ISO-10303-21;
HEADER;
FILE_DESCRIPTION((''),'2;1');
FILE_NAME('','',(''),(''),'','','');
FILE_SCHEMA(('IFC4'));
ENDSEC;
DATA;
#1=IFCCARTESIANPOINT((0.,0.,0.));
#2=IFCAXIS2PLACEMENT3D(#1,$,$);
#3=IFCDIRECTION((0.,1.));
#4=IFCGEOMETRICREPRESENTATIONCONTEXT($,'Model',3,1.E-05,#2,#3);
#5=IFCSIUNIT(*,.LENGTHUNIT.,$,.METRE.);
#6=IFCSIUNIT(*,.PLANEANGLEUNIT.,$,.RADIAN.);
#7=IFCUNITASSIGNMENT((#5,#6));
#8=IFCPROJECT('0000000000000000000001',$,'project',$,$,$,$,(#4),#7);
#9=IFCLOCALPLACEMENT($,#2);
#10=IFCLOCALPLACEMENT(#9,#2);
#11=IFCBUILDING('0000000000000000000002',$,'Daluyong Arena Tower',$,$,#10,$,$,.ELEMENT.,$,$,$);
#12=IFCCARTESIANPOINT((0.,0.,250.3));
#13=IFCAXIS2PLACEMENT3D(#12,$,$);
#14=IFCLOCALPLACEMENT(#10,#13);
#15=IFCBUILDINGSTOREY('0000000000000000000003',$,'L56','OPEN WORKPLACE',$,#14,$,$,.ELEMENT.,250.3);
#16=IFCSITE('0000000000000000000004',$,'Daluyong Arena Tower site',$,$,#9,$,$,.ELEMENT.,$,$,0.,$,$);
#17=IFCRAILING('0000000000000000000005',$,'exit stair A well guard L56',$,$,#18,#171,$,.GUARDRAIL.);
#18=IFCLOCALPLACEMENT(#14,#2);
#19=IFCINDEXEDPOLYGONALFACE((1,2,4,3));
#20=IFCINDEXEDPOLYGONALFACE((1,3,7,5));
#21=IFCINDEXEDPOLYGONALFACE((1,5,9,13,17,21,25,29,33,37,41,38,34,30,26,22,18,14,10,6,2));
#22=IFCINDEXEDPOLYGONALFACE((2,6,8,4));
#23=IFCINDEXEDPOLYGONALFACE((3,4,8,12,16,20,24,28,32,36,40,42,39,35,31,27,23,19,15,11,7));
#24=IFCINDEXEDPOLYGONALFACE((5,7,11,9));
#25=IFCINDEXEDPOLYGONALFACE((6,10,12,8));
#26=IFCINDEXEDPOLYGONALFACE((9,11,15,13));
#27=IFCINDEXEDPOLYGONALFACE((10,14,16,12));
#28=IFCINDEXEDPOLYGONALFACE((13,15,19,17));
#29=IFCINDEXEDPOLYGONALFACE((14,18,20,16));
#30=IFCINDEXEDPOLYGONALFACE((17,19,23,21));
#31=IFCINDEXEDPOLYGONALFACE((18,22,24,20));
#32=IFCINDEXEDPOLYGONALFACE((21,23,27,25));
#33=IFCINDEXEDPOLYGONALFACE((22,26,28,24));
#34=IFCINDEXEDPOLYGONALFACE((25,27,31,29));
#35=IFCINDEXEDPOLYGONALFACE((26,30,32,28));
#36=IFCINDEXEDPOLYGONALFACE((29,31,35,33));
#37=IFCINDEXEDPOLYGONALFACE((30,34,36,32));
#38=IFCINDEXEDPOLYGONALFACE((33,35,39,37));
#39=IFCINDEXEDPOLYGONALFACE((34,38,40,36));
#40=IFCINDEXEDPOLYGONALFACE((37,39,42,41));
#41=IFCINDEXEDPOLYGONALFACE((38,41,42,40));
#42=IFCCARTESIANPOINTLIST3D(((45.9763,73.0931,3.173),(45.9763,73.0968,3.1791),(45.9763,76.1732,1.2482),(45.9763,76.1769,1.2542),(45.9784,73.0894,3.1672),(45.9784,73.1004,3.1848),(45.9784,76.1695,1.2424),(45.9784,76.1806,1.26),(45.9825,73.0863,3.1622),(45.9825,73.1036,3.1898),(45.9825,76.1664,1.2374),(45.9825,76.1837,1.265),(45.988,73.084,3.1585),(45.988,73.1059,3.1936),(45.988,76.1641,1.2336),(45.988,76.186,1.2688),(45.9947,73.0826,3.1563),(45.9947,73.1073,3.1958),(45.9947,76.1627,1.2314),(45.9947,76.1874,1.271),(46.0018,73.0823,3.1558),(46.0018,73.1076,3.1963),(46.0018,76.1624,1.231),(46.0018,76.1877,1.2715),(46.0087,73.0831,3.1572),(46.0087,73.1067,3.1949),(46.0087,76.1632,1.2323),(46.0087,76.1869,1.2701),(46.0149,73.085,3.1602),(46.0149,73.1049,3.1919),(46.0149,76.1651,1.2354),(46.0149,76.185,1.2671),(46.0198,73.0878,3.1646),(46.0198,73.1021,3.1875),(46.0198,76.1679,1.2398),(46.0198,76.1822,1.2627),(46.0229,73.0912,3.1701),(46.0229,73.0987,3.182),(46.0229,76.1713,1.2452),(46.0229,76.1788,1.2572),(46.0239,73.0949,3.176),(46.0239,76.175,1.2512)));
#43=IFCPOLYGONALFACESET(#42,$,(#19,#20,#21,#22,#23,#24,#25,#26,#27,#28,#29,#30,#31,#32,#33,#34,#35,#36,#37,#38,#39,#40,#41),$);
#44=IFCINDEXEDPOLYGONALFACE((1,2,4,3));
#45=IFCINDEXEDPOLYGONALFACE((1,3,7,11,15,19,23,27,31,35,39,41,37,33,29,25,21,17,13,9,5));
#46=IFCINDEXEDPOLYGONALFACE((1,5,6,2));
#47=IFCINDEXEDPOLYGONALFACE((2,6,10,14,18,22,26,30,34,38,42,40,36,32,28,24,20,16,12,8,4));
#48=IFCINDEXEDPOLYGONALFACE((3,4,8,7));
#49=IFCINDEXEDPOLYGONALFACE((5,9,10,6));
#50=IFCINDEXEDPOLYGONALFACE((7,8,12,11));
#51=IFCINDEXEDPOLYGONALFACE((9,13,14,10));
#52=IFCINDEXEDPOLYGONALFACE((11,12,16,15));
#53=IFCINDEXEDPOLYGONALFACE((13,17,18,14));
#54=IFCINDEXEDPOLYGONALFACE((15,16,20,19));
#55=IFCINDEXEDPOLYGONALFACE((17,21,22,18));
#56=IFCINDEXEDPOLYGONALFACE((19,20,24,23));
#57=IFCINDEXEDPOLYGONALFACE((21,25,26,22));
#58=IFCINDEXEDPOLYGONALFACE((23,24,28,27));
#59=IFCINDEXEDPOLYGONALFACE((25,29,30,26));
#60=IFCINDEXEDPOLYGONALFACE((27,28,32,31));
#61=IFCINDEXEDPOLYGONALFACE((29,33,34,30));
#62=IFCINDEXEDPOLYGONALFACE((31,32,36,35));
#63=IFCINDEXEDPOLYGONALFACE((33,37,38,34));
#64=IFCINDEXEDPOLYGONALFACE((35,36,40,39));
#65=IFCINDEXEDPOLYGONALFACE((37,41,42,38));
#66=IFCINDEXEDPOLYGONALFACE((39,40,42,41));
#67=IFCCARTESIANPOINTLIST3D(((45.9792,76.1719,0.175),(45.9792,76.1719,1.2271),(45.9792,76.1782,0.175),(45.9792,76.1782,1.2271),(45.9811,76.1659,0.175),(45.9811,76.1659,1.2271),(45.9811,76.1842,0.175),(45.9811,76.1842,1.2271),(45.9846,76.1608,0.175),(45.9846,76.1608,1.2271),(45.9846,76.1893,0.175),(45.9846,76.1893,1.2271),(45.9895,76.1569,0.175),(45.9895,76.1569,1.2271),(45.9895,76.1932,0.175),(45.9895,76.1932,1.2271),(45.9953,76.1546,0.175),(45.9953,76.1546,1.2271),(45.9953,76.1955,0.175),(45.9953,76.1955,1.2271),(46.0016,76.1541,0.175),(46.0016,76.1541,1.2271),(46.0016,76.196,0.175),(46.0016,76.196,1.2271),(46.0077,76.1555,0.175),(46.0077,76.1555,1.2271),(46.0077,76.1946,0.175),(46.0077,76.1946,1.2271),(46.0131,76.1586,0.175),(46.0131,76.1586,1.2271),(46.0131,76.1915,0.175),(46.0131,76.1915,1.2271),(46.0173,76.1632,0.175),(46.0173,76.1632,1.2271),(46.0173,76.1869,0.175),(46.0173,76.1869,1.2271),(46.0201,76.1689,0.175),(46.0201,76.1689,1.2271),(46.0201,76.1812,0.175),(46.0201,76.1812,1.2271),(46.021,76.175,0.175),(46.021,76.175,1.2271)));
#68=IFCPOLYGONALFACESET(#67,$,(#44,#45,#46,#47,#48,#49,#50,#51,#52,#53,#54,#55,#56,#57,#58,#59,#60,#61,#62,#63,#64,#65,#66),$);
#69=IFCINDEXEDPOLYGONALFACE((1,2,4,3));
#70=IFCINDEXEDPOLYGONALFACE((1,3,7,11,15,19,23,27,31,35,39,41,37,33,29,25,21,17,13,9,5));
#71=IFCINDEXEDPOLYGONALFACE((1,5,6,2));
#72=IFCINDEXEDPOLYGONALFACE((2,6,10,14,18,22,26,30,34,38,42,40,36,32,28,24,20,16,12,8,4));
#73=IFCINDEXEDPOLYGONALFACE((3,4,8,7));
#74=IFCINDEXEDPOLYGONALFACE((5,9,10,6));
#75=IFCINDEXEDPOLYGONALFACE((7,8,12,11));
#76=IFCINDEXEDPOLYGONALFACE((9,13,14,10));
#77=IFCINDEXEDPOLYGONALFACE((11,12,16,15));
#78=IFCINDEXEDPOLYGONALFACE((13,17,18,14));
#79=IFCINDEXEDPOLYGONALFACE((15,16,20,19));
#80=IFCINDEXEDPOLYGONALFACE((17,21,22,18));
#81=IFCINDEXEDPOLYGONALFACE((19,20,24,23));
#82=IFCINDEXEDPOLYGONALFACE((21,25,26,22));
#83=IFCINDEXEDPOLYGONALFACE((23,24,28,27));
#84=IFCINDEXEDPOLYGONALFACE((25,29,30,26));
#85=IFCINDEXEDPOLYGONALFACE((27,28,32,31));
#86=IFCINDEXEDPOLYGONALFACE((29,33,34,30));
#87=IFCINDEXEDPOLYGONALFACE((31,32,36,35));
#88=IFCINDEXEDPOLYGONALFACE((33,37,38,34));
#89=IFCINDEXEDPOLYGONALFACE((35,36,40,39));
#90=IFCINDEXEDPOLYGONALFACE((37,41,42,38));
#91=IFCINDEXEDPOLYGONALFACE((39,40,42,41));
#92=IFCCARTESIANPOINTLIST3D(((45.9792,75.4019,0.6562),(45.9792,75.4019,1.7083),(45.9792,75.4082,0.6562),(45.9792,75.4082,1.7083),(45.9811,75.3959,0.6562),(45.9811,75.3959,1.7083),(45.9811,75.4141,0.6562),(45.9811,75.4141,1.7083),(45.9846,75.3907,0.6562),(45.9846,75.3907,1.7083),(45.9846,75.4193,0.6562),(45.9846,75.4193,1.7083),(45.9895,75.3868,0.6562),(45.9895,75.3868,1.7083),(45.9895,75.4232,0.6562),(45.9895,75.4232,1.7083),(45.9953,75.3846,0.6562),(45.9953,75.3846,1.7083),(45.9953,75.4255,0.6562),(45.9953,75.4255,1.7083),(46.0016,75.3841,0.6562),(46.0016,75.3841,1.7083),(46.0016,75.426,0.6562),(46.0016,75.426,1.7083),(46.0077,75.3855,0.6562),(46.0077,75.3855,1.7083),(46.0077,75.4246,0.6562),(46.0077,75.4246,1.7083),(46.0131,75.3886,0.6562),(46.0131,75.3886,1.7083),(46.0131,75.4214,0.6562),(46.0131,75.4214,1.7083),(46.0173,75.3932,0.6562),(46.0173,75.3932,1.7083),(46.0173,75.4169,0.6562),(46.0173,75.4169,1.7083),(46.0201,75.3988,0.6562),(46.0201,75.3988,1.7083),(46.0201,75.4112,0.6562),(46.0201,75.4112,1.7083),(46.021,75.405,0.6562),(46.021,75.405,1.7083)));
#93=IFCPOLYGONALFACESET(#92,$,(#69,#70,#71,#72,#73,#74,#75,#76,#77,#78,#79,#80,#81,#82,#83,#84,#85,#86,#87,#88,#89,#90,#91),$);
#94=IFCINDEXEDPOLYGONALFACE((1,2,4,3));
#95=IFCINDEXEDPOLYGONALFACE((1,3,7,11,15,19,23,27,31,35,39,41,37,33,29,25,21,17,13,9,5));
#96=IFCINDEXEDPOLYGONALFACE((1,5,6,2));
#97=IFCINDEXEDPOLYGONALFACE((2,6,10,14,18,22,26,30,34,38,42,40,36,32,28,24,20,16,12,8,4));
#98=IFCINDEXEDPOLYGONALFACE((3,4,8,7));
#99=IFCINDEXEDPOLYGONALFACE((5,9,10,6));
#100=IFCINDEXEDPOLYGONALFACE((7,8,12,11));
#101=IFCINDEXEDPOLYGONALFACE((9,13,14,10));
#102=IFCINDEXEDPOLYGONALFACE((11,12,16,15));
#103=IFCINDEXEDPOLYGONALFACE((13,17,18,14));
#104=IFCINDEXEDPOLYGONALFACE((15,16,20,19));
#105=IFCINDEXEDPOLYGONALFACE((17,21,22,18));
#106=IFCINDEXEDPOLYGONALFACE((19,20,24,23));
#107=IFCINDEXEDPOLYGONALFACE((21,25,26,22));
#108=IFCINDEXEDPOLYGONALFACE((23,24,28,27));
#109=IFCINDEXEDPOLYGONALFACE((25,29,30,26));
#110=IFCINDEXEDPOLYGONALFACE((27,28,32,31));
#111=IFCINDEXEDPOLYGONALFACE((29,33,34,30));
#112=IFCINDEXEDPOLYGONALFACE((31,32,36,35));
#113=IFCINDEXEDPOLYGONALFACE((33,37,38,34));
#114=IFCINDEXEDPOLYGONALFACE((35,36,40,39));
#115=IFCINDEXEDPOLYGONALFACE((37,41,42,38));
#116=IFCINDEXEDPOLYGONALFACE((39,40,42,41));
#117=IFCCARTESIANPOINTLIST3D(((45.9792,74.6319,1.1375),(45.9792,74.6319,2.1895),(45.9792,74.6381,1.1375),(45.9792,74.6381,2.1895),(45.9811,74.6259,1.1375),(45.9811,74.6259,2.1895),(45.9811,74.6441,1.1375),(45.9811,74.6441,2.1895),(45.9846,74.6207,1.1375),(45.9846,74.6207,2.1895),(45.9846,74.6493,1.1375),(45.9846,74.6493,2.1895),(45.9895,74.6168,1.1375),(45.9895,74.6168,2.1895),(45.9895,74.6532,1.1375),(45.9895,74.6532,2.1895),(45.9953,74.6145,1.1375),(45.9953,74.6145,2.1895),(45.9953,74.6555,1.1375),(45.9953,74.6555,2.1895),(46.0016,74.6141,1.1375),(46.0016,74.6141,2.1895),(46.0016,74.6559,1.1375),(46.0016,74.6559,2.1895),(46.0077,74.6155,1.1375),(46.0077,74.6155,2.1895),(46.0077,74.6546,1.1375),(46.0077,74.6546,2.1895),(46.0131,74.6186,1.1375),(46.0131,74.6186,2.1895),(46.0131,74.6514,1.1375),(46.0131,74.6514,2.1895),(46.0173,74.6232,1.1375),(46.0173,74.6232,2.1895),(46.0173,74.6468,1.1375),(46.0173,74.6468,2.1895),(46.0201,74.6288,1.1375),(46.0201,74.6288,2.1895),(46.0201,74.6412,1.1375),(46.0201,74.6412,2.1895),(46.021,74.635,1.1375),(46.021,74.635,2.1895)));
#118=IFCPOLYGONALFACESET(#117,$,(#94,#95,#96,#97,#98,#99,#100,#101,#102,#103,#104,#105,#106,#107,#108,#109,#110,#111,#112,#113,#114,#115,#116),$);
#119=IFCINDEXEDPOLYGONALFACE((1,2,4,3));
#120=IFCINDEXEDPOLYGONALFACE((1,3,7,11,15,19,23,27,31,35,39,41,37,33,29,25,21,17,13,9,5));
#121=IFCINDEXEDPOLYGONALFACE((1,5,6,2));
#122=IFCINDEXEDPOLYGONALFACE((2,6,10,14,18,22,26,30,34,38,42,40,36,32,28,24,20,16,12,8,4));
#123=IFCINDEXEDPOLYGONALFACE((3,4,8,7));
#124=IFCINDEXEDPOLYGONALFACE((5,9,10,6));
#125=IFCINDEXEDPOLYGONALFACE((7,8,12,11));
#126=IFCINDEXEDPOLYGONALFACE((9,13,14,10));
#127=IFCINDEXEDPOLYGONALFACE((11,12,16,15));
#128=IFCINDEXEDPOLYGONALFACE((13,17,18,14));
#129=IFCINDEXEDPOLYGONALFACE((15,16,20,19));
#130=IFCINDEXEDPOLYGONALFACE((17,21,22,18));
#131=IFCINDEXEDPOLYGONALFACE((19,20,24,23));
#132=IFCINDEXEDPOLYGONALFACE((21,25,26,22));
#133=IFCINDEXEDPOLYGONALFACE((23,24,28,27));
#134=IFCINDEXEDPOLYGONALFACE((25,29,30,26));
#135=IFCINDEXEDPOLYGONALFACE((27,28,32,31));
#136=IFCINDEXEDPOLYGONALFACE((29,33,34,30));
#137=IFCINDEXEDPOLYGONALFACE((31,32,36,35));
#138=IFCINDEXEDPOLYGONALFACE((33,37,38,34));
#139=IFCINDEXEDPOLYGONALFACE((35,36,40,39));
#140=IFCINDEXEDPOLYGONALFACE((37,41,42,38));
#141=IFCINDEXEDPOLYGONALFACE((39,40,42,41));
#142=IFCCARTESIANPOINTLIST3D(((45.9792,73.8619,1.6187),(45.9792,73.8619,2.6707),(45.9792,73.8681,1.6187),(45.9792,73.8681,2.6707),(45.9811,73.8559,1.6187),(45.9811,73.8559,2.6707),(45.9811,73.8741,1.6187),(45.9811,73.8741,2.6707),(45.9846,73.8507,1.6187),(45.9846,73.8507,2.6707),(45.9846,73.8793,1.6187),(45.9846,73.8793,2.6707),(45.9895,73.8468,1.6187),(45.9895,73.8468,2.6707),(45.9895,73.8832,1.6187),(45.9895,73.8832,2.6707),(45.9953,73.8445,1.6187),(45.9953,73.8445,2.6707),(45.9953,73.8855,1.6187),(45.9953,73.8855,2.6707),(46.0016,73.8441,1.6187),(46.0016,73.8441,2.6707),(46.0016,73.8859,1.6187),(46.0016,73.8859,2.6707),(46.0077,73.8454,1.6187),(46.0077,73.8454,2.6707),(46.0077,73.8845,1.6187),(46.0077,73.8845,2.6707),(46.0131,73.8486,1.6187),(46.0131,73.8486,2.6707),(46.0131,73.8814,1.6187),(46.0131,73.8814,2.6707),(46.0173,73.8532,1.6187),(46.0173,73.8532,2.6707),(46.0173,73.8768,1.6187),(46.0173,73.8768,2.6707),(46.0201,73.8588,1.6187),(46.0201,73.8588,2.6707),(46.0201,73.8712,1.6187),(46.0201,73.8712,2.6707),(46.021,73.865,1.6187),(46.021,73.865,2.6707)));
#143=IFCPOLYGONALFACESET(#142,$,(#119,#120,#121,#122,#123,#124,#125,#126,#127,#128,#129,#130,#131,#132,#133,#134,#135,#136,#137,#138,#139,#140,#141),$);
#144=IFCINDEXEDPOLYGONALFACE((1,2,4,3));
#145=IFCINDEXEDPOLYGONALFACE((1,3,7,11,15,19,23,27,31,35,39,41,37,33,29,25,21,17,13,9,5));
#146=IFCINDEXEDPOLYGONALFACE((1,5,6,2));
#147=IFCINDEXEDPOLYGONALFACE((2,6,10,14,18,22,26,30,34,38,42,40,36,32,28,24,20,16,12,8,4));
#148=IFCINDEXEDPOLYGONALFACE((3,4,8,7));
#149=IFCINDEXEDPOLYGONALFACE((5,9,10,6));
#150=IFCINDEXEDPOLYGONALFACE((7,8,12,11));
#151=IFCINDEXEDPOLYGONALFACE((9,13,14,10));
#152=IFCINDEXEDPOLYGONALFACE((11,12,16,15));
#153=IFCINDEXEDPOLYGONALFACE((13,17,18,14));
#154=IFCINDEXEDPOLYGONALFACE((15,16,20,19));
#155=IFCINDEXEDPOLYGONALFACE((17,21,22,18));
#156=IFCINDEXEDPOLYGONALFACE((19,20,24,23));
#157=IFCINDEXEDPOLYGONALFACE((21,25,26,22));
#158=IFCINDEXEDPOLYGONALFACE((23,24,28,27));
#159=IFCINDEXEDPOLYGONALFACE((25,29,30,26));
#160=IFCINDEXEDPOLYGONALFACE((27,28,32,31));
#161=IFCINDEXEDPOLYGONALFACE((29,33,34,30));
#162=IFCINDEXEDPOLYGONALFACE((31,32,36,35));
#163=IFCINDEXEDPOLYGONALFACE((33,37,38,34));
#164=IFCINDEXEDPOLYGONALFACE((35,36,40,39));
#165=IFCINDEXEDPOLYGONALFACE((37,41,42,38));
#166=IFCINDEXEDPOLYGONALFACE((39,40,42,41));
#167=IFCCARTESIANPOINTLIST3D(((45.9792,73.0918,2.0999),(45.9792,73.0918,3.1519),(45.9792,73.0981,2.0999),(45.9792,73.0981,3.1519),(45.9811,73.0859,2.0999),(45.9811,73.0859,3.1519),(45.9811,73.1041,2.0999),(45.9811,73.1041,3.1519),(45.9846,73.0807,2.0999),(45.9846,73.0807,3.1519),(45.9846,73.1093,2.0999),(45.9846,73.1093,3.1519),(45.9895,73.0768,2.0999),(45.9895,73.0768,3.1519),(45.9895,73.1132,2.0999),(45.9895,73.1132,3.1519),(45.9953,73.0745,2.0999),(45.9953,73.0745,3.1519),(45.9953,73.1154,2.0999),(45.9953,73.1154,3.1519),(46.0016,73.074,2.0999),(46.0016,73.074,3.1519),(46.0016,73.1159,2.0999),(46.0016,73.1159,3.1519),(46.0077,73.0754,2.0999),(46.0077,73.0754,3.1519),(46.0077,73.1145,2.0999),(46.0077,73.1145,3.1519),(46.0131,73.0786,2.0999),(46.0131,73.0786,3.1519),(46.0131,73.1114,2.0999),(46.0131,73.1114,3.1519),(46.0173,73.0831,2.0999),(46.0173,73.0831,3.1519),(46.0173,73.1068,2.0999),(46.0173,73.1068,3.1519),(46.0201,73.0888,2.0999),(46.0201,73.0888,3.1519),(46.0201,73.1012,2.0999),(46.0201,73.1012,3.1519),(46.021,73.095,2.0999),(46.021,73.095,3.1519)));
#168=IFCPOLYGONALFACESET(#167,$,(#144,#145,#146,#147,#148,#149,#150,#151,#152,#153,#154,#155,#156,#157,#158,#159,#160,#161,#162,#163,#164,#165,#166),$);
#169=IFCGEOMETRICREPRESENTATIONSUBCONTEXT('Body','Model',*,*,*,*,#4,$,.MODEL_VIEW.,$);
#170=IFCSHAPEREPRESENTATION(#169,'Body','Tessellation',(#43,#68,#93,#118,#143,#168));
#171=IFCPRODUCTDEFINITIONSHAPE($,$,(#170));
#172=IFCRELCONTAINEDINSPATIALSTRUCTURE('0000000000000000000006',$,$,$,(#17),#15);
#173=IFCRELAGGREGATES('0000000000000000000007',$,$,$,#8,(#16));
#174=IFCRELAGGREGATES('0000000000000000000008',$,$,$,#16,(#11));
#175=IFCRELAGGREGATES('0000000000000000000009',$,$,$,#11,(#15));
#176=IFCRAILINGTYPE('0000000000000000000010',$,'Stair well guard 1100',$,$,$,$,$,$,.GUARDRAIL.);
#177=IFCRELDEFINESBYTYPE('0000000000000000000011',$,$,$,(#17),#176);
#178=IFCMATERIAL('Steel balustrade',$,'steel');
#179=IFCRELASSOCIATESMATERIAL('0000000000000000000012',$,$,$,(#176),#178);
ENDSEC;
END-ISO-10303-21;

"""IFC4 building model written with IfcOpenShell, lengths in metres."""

from ifc_helpers import new_model, si_unit, direction, frame, origin, origin_2d, place, context, subcontext, project, spatial, circle, extrude, material, type_object, element, save


model = new_model("IFC4")

# Units and contexts
model_context = context("Model", 3, precision=1e-05, world=origin(), true_north=direction((0.0, 1.0)))
body_context = subcontext(model_context, "Body", "Model", "MODEL_VIEW")
ifc_project = project(units=[si_unit("LENGTHUNIT", "METRE"), si_unit("PLANEANGLEUNIT", "RADIAN")], contexts=[model_context])

# Site, building, storey
site_placement = place(None, origin())
site = spatial("IfcSite", under=ifc_project, at=site_placement, Name="Daluyong Arena Tower site", CompositionType="ELEMENT", RefElevation=0.0)
building_placement = place(site_placement, origin())
building = spatial("IfcBuilding", under=site, at=building_placement, Name="Daluyong Arena Tower", CompositionType="ELEMENT")
storey_placement = place(building_placement, frame((0.0, 0.0, 250.3)))
storey = spatial("IfcBuildingStorey", under=building, at=storey_placement, Name="L56", Description="OPEN WORKPLACE", CompositionType="ELEMENT", Elevation=250.3)

# Railing
ifc_material_1 = material(Name="Steel balustrade", Category="steel")
railing_type_1 = type_object("IfcRailingType", Name="Stair well guard 1100", PredefinedType="GUARDRAIL", material=ifc_material_1)
railing_1_placement = place(storey_placement, frame((46.0, 76.175, 0.175)))
element("IfcRailing", 1, at=railing_1_placement, inside=storey, type_object=railing_type_1, Name="exit stair A well guard L56", PredefinedType="GUARDRAIL", context=body_context, shape_type="SweptSolid", body=[
    extrude(circle(Radius=0.0239, at=origin_2d()), frame((0.0, 0.0, 1.0762), z_axis=(0.0, -0.848029, 0.529951), x_axis=(1.0, 0.0, 0.0)), (0.0, 0.0, 1.0), 3.6321),
    extrude(circle(Radius=0.021, at=origin_2d()), origin(), (0.0, 0.0, 1.0), 1.052),
    extrude(circle(Radius=0.021, at=origin_2d()), frame((0.0, -0.77, 0.4812)), (0.0, 0.0, 1.0), 1.052),
    extrude(circle(Radius=0.021, at=origin_2d()), frame((0.0, -1.54, 0.9624)), (0.0, 0.0, 1.0), 1.052),
    extrude(circle(Radius=0.021, at=origin_2d()), frame((0.0, -2.3101, 1.4436)), (0.0, 0.0, 1.0), 1.052),
    extrude(circle(Radius=0.021, at=origin_2d()), frame((0.0, -3.0801, 1.9248)), (0.0, 0.0, 1.0), 1.052),
])

save(model, "model.ifc")
